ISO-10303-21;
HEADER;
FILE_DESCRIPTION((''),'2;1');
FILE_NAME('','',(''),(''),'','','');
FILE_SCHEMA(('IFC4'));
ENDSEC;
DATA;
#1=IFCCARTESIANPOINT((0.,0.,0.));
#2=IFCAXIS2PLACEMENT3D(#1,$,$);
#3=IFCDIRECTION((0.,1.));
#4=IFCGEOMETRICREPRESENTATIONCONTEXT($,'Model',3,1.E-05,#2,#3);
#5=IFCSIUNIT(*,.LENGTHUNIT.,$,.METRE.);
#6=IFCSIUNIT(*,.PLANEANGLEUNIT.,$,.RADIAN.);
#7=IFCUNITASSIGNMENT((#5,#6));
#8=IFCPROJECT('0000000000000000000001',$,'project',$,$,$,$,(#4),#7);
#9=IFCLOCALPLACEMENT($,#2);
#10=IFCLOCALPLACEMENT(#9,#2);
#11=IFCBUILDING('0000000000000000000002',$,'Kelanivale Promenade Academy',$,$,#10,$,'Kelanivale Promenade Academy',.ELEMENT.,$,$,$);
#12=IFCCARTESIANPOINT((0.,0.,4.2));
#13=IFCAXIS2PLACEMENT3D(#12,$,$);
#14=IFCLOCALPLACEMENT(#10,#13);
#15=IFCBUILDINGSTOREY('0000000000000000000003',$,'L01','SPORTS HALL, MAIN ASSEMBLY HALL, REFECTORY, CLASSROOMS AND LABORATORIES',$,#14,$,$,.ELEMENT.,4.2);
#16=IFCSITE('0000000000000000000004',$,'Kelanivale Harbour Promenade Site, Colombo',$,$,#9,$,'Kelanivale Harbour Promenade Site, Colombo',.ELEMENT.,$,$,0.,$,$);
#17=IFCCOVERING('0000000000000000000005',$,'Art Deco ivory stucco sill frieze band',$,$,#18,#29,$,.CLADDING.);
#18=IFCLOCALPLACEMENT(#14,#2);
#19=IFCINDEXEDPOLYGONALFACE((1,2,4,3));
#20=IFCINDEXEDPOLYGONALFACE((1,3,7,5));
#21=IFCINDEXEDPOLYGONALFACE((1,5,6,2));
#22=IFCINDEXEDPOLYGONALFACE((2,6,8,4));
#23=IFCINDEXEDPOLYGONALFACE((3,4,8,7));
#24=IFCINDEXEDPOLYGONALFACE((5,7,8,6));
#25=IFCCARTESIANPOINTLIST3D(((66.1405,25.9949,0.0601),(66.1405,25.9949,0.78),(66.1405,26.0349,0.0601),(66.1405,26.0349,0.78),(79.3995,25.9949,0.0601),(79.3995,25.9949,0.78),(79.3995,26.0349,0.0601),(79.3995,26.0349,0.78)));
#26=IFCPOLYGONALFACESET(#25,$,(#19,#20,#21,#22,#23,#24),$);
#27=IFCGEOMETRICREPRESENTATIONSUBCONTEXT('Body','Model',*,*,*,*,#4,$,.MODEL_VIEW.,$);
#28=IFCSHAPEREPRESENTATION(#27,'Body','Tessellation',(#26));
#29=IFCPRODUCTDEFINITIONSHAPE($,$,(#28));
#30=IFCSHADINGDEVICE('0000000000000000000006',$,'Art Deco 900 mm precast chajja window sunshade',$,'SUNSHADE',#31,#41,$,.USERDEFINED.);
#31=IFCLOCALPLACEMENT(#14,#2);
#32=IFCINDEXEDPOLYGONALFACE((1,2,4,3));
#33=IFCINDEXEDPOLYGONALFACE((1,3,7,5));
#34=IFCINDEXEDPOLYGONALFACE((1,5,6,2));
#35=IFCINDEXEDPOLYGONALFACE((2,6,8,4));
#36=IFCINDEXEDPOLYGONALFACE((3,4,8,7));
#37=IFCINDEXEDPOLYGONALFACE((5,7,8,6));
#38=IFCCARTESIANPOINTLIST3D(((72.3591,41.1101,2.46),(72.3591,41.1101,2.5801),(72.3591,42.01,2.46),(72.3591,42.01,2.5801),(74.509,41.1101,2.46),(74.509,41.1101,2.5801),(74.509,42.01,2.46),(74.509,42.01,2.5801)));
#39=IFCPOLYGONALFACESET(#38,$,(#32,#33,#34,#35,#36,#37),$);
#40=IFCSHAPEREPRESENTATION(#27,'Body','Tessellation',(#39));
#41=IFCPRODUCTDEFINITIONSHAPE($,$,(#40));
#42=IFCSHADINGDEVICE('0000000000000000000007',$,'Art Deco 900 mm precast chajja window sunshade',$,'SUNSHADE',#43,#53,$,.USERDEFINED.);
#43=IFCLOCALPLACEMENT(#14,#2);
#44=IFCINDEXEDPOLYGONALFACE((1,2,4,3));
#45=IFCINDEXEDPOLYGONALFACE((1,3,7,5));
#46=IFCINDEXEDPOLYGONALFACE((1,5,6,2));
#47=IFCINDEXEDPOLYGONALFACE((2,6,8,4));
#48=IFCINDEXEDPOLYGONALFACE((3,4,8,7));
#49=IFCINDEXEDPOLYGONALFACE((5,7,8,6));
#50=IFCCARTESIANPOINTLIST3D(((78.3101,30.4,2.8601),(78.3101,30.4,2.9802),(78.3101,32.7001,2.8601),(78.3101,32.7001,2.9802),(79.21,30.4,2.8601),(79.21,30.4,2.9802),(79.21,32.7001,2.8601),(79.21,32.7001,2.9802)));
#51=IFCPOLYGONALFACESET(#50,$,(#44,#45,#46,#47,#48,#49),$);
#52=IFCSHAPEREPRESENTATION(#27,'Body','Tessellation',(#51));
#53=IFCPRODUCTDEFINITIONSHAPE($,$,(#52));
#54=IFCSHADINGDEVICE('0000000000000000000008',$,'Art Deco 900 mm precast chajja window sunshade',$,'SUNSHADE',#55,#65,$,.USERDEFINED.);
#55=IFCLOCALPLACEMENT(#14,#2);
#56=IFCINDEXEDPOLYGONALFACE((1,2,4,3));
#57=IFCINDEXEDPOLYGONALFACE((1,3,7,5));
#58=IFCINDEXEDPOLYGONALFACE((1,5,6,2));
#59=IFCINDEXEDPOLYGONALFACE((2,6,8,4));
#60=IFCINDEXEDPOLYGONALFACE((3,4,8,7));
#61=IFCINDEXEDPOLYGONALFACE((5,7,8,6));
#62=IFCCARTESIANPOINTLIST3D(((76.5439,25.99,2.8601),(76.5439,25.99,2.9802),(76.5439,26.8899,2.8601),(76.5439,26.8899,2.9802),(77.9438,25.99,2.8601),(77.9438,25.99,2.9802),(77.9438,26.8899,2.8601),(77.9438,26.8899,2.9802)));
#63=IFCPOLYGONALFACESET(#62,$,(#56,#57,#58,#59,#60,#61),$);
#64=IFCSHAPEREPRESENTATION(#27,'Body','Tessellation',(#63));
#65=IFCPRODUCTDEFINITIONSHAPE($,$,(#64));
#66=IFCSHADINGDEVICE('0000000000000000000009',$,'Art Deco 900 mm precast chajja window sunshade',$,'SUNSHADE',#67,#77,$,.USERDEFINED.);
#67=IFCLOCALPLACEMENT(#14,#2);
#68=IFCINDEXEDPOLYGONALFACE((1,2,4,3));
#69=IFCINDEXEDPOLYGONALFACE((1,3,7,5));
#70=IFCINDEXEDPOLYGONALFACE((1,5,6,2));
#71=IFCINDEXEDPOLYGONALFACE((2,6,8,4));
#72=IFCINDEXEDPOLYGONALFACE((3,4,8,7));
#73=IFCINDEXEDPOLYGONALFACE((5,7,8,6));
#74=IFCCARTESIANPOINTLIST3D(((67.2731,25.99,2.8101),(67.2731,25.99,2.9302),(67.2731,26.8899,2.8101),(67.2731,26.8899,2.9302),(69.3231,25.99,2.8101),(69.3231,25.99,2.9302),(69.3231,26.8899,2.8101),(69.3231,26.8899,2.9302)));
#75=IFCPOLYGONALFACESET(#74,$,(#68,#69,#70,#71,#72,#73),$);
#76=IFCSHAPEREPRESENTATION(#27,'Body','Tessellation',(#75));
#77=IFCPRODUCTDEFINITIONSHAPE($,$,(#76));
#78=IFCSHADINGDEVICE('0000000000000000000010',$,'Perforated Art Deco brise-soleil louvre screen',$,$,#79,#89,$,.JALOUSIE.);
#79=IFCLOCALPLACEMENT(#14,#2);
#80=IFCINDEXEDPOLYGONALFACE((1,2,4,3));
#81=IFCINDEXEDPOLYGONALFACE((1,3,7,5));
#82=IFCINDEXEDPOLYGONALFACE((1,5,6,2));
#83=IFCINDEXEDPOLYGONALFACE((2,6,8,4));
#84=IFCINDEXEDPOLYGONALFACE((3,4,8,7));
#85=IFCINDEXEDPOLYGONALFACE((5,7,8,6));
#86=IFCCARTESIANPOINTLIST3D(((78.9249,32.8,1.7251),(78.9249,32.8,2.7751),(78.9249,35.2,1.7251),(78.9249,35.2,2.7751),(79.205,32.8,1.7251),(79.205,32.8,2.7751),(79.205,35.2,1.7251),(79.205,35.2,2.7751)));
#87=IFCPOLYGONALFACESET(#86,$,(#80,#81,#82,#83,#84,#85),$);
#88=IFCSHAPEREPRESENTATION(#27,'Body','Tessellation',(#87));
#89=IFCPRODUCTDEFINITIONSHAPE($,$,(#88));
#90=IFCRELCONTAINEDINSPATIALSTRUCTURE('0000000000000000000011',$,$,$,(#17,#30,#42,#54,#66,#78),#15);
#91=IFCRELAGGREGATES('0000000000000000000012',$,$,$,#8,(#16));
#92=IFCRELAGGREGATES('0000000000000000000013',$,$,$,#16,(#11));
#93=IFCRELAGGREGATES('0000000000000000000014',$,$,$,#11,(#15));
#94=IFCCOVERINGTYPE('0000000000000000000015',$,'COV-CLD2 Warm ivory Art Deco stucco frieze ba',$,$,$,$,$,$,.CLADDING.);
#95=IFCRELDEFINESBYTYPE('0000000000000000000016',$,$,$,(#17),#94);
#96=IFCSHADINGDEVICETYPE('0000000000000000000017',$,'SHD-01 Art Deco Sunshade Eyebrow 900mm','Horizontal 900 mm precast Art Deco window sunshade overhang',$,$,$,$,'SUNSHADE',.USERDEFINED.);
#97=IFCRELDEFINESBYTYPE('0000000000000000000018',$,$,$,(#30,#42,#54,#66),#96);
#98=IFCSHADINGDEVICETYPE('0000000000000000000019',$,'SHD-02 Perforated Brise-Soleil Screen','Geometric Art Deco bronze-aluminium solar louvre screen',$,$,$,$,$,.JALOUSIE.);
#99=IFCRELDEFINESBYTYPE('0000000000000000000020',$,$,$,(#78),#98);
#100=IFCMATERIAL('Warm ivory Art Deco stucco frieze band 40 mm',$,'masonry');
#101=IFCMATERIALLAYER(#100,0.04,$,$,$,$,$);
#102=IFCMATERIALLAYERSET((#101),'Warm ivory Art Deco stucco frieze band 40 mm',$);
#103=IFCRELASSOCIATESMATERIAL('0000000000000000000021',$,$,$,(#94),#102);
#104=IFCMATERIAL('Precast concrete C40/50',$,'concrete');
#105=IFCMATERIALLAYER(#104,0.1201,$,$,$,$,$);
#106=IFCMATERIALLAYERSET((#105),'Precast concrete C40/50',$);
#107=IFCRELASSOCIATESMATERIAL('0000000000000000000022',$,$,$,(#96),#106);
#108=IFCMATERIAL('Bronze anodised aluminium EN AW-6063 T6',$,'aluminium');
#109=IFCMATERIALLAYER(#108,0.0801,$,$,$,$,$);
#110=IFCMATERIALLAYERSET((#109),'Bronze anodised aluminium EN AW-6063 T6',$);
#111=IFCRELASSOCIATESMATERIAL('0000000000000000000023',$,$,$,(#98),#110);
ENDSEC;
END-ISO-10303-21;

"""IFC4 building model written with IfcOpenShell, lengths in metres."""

from ifc_helpers import new_model, si_unit, direction, frame, origin, origin_2d, place, context, subcontext, project, spatial, rectangle, extrude, material, layer, layer_set, type_object, element, save


model = new_model("IFC4")

# Units and contexts
model_context = context("Model", 3, precision=1e-05, world=origin(), true_north=direction((0.0, 1.0)))
body_context = subcontext(model_context, "Body", "Model", "MODEL_VIEW")
ifc_project = project(units=[si_unit("LENGTHUNIT", "METRE"), si_unit("PLANEANGLEUNIT", "RADIAN")], contexts=[model_context])

# Site, building, storey
site_placement = place(None, origin())
site = spatial("IfcSite", under=ifc_project, at=site_placement, Name="Kelanivale Harbour Promenade Site, Colombo", LongName="Kelanivale Harbour Promenade Site, Colombo", CompositionType="ELEMENT", RefElevation=0.0)
building_placement = place(site_placement, origin())
building = spatial("IfcBuilding", under=site, at=building_placement, Name="Kelanivale Promenade Academy", LongName="Kelanivale Promenade Academy", CompositionType="ELEMENT")
storey_placement = place(building_placement, frame((0.0, 0.0, 4.2)))
storey = spatial("IfcBuildingStorey", under=building, at=storey_placement, Name="L01", Description="SPORTS HALL, MAIN ASSEMBLY HALL, REFECTORY, CLASSROOMS AND LABORATORIES", CompositionType="ELEMENT", Elevation=4.2)

# Covering
ifc_material_1 = material(Name="Warm ivory Art Deco stucco frieze band 40 mm", Category="masonry")
ifc_layer_1 = layer(ifc_material_1, 0.04)
ifc_layer_set_1 = layer_set([ifc_layer_1], Name="Warm ivory Art Deco stucco frieze band 40 mm")
covering_type = type_object("IfcCoveringType", Name="COV-CLD2 Warm ivory Art Deco stucco frieze ba", PredefinedType="CLADDING", material=ifc_layer_set_1)
covering_1_placement = place(storey_placement, frame((72.77, 26.0149, 0.0601), z_axis=(0.0, 0.0, 1.0), x_axis=(-1.0, 0.0, 0.0)))
element("IfcCovering", 1, at=covering_1_placement, inside=storey, type_object=covering_type, Name="Art Deco ivory stucco sill frieze band", PredefinedType="CLADDING", context=body_context, shape_type="SweptSolid", body=[
    extrude(rectangle(XDim=13.259, YDim=0.04, at=origin_2d()), origin(), (0.0, 0.0, 1.0), 0.72),
])

# Shading devices
ifc_material_2 = material(Name="Precast concrete C40/50", Category="concrete")
ifc_layer_2 = layer(ifc_material_2, 0.1201)
ifc_layer_set_2 = layer_set([ifc_layer_2], Name="Precast concrete C40/50")
shading_device_type_1 = type_object("IfcShadingDeviceType", Name="SHD-01 Art Deco Sunshade Eyebrow 900mm", Description="Horizontal 900 mm precast Art Deco window sunshade overhang", ElementType="SUNSHADE", PredefinedType="USERDEFINED", material=ifc_layer_set_2)
shading_device_1_placement = place(storey_placement, frame((73.4341, 41.5601, 2.46), z_axis=(0.0, 0.0, 1.0), x_axis=(1.0, 0.0, 0.0)))
element("IfcShadingDevice", 2, at=shading_device_1_placement, inside=storey, type_object=shading_device_type_1, Name="Art Deco 900 mm precast chajja window sunshade", ObjectType="SUNSHADE", PredefinedType="USERDEFINED", context=body_context, shape_type="SweptSolid", body=[
    extrude(rectangle(XDim=2.1499, YDim=0.8999, at=origin_2d()), origin(), (0.0, 0.0, 1.0), 0.1201),
])
shading_device_2_placement = place(storey_placement, frame((78.76, 31.55, 2.8601), z_axis=(0.0, 0.0, 1.0), x_axis=(0.0, -1.0, 0.0)))
element("IfcShadingDevice", 3, at=shading_device_2_placement, inside=storey, type_object=shading_device_type_1, Name="Art Deco 900 mm precast chajja window sunshade", ObjectType="SUNSHADE", PredefinedType="USERDEFINED", context=body_context, shape_type="SweptSolid", body=[
    extrude(rectangle(XDim=2.3, YDim=0.8999, at=origin_2d()), origin(), (0.0, 0.0, 1.0), 0.1201),
])
shading_device_3_placement = place(storey_placement, frame((77.2439, 26.4399, 2.8601), z_axis=(0.0, 0.0, 1.0), x_axis=(-1.0, 0.0, 0.0)))
element("IfcShadingDevice", 4, at=shading_device_3_placement, inside=storey, type_object=shading_device_type_1, Name="Art Deco 900 mm precast chajja window sunshade", ObjectType="SUNSHADE", PredefinedType="USERDEFINED", context=body_context, shape_type="SweptSolid", body=[
    extrude(rectangle(XDim=1.3999, YDim=0.8999, at=origin_2d()), origin(), (0.0, 0.0, 1.0), 0.1201),
])
shading_device_4_placement = place(storey_placement, frame((68.2981, 26.4399, 2.8101), z_axis=(0.0, 0.0, 1.0), x_axis=(-1.0, 0.0, 0.0)))
element("IfcShadingDevice", 5, at=shading_device_4_placement, inside=storey, type_object=shading_device_type_1, Name="Art Deco 900 mm precast chajja window sunshade", ObjectType="SUNSHADE", PredefinedType="USERDEFINED", context=body_context, shape_type="SweptSolid", body=[
    extrude(rectangle(XDim=2.05, YDim=0.8999, at=origin_2d()), origin(), (0.0, 0.0, 1.0), 0.1201),
])
ifc_material_3 = material(Name="Bronze anodised aluminium EN AW-6063 T6", Category="aluminium")
ifc_layer_3 = layer(ifc_material_3, 0.0801)
ifc_layer_set_3 = layer_set([ifc_layer_3], Name="Bronze anodised aluminium EN AW-6063 T6")
shading_device_type_2 = type_object("IfcShadingDeviceType", Name="SHD-02 Perforated Brise-Soleil Screen", Description="Geometric Art Deco bronze-aluminium solar louvre screen", PredefinedType="JALOUSIE", material=ifc_layer_set_3)
shading_device_5_placement = place(storey_placement, frame((79.0649, 34.0, 1.7251), z_axis=(0.0, 0.0, 1.0), x_axis=(0.0, -1.0, 0.0)))
element("IfcShadingDevice", 6, at=shading_device_5_placement, inside=storey, type_object=shading_device_type_2, Name="Perforated Art Deco brise-soleil louvre screen", PredefinedType="JALOUSIE", context=body_context, shape_type="SweptSolid", body=[
    extrude(rectangle(XDim=2.3999, YDim=0.28, at=origin_2d()), origin(), (0.0, 0.0, 1.0), 1.05),
])

save(model, "model.ifc")
